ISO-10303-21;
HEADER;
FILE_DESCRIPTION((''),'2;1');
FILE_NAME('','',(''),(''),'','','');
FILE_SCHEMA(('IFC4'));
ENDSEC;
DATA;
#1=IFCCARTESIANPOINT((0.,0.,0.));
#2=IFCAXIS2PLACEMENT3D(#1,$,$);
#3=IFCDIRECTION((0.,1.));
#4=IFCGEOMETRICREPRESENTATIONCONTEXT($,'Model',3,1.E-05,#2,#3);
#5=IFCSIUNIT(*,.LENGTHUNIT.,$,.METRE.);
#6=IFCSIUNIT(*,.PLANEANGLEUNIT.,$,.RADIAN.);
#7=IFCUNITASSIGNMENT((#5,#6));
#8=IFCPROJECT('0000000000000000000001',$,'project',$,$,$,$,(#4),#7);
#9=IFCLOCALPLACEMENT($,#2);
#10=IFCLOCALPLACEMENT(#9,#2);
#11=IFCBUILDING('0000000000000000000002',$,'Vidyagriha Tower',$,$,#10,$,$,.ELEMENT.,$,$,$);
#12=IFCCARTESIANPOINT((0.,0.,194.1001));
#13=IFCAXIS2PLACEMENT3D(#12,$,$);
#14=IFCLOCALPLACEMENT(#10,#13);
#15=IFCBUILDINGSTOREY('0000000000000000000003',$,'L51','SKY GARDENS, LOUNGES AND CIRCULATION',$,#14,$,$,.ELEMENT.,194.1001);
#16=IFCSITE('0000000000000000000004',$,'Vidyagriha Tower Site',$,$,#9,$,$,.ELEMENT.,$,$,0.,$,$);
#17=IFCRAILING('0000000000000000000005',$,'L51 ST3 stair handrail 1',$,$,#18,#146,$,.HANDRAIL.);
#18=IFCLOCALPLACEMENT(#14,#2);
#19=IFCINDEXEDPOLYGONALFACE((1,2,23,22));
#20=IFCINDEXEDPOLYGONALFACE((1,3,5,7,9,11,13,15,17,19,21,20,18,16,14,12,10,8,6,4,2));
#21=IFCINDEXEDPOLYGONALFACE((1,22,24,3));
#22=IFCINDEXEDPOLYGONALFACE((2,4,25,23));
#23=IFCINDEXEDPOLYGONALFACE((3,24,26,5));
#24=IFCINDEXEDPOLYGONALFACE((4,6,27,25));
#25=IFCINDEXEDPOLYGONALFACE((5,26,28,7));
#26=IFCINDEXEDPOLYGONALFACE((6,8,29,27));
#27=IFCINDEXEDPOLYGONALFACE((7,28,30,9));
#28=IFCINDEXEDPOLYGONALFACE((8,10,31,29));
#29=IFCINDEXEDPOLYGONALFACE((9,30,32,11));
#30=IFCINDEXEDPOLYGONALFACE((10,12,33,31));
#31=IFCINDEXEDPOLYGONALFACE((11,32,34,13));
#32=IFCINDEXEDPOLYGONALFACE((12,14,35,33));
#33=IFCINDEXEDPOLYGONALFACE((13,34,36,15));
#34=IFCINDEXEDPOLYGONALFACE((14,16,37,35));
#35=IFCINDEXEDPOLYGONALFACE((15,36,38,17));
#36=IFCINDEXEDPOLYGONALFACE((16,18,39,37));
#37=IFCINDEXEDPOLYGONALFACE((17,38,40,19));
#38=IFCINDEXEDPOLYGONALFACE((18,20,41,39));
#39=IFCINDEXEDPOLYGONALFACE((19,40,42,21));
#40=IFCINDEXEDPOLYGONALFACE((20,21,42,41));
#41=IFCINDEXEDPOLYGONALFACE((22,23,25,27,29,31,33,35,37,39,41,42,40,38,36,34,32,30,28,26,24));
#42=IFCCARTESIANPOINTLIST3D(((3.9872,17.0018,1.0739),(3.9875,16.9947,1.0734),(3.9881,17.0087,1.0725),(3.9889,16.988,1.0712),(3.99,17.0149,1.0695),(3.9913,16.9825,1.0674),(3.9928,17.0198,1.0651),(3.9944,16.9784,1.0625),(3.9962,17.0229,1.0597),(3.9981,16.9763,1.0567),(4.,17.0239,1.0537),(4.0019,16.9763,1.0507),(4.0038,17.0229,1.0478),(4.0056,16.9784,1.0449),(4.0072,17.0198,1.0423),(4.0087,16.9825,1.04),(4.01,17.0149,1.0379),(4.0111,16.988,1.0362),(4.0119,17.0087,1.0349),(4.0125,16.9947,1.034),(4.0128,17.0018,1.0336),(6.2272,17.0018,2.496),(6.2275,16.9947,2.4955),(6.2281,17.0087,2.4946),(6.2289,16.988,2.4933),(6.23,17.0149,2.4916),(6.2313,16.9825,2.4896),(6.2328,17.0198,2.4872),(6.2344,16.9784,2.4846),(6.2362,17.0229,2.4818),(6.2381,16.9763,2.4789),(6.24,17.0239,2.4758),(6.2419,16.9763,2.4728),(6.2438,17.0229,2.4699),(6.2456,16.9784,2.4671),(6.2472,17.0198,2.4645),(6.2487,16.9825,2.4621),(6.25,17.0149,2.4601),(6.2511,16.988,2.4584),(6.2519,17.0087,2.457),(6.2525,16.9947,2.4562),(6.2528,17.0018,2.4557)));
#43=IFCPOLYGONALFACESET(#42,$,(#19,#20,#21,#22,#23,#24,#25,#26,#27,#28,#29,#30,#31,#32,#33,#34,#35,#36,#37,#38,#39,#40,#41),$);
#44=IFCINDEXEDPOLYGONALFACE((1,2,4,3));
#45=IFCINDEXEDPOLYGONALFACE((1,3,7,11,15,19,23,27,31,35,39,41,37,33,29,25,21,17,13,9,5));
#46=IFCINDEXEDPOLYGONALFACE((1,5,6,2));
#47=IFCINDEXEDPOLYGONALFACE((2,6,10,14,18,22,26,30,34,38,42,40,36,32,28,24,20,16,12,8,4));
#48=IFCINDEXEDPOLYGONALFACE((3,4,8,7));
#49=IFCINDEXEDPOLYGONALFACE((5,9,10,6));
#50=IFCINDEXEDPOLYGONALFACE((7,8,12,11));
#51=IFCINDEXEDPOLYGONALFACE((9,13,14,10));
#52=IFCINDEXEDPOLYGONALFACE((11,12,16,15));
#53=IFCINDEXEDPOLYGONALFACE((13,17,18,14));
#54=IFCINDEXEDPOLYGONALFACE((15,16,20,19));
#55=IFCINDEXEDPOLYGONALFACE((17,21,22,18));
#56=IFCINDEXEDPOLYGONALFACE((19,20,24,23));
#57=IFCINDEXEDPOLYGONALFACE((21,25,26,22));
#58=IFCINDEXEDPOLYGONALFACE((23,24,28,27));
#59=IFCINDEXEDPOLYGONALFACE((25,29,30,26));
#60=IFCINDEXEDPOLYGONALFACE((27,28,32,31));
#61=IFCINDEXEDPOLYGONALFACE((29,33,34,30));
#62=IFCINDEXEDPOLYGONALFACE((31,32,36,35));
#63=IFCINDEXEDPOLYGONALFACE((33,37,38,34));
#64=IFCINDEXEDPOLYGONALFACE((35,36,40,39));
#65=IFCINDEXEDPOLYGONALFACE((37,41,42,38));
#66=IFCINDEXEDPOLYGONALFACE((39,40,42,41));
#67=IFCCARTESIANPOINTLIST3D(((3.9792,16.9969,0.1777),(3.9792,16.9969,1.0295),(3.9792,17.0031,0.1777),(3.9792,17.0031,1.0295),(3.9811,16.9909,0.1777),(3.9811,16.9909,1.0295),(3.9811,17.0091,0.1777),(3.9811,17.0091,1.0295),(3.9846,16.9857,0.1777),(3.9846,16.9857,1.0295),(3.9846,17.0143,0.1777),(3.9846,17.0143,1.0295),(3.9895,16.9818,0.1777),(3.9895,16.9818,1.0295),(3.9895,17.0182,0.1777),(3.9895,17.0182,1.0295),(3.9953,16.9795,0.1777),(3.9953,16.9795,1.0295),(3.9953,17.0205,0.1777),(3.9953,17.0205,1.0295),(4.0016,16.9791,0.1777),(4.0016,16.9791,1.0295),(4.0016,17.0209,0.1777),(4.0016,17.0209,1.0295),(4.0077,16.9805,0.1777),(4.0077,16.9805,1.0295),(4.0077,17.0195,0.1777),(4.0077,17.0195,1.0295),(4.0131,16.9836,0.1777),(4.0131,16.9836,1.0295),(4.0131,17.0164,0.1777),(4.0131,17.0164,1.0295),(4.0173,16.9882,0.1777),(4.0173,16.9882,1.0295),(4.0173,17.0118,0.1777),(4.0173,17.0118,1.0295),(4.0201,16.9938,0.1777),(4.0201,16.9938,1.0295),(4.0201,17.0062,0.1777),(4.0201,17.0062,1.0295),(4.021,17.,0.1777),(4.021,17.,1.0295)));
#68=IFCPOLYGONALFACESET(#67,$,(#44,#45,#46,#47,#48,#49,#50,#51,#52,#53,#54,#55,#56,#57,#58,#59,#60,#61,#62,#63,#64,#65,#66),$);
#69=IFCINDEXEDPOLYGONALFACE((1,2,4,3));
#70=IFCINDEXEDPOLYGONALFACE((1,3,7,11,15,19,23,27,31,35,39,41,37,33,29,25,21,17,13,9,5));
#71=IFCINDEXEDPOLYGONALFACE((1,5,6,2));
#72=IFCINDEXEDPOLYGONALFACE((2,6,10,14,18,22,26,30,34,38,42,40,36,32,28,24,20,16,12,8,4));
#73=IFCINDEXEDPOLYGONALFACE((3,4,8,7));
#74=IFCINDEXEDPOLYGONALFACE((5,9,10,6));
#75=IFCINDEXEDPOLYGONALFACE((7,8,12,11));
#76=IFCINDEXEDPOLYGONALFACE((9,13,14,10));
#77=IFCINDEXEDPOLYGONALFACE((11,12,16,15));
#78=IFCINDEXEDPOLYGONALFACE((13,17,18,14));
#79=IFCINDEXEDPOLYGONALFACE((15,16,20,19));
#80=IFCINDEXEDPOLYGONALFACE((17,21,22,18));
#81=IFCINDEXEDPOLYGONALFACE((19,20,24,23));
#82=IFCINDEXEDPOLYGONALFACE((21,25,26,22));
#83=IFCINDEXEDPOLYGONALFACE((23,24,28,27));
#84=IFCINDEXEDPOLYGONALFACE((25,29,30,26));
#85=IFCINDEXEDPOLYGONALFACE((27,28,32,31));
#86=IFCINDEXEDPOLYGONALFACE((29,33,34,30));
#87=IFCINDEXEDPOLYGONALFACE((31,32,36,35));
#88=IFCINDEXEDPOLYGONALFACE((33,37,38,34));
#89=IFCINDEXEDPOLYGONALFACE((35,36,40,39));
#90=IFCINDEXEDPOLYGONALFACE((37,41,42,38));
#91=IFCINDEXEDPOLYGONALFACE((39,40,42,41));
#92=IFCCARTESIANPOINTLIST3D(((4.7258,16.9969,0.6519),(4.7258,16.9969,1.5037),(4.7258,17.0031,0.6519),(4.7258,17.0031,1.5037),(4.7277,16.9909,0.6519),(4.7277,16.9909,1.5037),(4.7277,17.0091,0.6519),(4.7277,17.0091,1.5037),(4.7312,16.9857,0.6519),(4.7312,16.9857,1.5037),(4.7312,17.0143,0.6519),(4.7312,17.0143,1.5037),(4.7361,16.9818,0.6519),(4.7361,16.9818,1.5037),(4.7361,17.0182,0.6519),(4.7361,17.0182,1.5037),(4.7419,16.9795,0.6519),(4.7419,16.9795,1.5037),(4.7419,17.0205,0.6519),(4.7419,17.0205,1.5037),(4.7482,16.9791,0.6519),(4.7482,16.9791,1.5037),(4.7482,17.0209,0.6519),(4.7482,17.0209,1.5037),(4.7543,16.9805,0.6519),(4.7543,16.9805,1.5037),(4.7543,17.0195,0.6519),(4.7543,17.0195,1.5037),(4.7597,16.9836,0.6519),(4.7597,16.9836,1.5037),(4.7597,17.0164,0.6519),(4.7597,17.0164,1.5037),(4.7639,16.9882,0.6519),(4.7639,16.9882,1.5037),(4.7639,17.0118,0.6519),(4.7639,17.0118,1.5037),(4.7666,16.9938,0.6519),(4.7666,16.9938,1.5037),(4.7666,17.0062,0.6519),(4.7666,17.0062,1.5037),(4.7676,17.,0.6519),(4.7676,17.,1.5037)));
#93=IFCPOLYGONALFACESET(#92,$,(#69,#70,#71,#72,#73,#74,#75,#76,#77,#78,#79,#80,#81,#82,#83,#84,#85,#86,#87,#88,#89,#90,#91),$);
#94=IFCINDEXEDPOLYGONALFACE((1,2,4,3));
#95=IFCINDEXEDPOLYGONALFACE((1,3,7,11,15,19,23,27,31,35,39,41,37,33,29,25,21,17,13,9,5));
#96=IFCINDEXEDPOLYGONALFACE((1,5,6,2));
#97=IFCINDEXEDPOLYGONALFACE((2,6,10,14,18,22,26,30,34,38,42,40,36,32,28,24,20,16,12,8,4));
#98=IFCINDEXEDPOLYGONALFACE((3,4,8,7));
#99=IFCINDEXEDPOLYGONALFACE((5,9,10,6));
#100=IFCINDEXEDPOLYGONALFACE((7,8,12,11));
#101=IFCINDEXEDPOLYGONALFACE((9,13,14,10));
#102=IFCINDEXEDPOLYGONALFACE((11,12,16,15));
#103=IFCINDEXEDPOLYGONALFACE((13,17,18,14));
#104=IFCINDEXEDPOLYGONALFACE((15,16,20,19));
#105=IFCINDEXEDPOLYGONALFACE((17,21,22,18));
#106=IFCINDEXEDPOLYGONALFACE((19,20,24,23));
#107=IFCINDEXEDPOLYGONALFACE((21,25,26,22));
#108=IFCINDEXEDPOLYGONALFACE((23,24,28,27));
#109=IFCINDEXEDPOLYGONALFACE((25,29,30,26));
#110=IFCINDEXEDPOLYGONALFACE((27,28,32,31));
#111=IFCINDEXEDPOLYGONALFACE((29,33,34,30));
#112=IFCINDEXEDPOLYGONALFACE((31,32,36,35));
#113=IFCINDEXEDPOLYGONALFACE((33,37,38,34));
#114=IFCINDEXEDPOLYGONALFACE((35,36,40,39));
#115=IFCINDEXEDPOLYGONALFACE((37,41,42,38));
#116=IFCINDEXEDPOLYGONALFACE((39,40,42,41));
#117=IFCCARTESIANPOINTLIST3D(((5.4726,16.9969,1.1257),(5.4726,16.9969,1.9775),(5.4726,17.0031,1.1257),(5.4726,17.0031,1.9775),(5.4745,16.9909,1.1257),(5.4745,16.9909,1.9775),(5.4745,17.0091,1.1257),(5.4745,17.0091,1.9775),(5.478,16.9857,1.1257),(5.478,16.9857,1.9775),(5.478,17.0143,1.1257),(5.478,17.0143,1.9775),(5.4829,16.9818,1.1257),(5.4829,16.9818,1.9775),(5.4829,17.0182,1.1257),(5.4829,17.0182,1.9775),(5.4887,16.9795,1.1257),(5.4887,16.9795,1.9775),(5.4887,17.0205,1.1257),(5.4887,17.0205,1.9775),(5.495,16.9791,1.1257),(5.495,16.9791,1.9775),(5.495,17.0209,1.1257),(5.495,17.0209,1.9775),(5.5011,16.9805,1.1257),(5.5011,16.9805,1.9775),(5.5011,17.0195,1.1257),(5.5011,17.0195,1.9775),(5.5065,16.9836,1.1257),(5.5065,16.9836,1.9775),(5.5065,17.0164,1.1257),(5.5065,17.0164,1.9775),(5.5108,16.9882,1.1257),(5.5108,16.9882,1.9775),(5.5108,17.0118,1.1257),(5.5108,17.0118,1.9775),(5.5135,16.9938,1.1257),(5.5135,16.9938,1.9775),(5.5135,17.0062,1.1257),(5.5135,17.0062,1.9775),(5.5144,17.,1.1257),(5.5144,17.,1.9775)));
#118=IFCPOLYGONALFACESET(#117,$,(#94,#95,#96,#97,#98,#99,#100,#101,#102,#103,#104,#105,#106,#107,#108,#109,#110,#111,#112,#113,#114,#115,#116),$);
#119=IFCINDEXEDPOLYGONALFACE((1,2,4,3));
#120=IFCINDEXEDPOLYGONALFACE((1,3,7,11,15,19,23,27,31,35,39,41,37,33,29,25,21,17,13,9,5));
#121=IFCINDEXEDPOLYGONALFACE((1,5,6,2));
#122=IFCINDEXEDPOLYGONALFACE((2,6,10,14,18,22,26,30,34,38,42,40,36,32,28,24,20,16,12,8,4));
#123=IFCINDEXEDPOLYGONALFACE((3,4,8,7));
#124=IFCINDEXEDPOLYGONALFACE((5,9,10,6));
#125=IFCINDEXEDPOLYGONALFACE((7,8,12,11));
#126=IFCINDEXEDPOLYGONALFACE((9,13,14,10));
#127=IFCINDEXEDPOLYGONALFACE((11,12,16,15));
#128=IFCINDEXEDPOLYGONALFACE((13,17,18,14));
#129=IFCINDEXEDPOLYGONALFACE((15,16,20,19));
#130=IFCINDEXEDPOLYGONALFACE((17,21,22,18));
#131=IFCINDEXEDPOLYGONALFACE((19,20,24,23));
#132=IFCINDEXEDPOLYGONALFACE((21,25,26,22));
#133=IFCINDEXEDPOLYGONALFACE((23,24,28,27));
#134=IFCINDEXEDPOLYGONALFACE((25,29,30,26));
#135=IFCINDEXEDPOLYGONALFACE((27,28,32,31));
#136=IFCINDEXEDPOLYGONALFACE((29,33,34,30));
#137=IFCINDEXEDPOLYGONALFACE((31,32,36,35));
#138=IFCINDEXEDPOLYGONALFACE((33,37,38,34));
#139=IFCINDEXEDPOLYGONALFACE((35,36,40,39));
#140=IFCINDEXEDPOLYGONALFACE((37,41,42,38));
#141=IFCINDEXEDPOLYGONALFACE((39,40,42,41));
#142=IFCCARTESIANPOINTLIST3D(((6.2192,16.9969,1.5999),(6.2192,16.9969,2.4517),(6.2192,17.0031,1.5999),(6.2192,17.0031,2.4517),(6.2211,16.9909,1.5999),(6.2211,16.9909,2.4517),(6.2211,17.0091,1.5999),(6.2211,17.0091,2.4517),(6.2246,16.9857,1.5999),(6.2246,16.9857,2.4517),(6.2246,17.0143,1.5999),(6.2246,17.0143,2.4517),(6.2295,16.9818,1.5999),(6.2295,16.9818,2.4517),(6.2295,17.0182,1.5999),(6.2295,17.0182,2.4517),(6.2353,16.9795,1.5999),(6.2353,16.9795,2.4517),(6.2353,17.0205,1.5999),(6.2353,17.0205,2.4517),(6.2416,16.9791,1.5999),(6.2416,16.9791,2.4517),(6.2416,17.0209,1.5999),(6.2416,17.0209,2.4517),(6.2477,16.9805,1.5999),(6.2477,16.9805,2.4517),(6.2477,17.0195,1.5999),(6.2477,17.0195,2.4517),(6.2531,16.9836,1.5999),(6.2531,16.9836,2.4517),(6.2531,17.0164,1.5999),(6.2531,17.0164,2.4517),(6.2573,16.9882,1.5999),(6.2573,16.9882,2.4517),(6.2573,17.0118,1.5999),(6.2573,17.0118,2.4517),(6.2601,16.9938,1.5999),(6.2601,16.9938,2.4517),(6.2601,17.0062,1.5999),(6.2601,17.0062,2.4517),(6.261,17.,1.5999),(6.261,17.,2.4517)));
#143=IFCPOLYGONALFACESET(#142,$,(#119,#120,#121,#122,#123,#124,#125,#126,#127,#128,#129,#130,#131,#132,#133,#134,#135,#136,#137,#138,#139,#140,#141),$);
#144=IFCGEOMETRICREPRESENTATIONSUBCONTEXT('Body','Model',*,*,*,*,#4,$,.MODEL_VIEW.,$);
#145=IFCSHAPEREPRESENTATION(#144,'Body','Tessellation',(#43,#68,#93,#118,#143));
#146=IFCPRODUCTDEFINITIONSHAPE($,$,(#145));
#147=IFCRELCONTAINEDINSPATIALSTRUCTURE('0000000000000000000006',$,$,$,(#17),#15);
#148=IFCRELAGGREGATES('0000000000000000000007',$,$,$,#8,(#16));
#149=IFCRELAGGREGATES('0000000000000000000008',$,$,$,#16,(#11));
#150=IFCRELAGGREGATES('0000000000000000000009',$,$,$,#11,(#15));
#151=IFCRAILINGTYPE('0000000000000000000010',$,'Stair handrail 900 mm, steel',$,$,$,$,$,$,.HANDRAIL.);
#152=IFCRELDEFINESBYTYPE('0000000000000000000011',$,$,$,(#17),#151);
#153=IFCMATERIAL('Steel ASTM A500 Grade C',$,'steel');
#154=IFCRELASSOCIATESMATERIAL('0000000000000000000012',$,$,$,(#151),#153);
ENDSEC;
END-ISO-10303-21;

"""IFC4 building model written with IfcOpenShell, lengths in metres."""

from ifc_helpers import new_model, si_unit, direction, frame, origin, origin_2d, place, context, subcontext, project, spatial, circle, extrude, material, type_object, element, save


model = new_model("IFC4")

# Units and contexts
model_context = context("Model", 3, precision=1e-05, world=origin(), true_north=direction((0.0, 1.0)))
body_context = subcontext(model_context, "Body", "Model", "MODEL_VIEW")
ifc_project = project(units=[si_unit("LENGTHUNIT", "METRE"), si_unit("PLANEANGLEUNIT", "RADIAN")], contexts=[model_context])

# Site, building, storey
site_placement = place(None, origin())
site = spatial("IfcSite", under=ifc_project, at=site_placement, Name="Vidyagriha Tower Site", CompositionType="ELEMENT", RefElevation=0.0)
building_placement = place(site_placement, origin())
building = spatial("IfcBuilding", under=site, at=building_placement, Name="Vidyagriha Tower", CompositionType="ELEMENT")
storey_placement = place(building_placement, frame((0.0, 0.0, 194.1001)))
storey = spatial("IfcBuildingStorey", under=building, at=storey_placement, Name="L51", Description="SKY GARDENS, LOUNGES AND CIRCULATION", CompositionType="ELEMENT", Elevation=194.1001)

# Railing
ifc_material_1 = material(Name="Steel ASTM A500 Grade C", Category="steel")
railing_type_1 = type_object("IfcRailingType", Name="Stair handrail 900 mm, steel", PredefinedType="HANDRAIL", material=ifc_material_1)
for number, where, name in (
    (1, (4.0, 17.0, 0.1777), "L51 ST3 stair handrail 1"),
):
    element("IfcRailing", number, at=place(storey_placement, frame(where)), inside=storey, type_object=railing_type_1, Name=name, PredefinedType="HANDRAIL", context=body_context, shape_type="SweptSolid", body=[
        extrude(circle(Radius=0.0239, at=origin_2d()), frame((0.0, 0.0, 0.876), z_axis=(0.844229, 0.0, 0.535982), x_axis=(0.0, 1.0, 0.0)), (0.0, 0.0, 1.0), 2.6533),
        extrude(circle(Radius=0.021, at=origin_2d()), origin(), (0.0, 0.0, 1.0), 0.8518),
        extrude(circle(Radius=0.021, at=origin_2d()), frame((0.7466, 0.0, 0.4741)), (0.0, 0.0, 1.0), 0.8518),
        extrude(circle(Radius=0.021, at=origin_2d()), frame((1.4934, 0.0, 0.948)), (0.0, 0.0, 1.0), 0.8518),
        extrude(circle(Radius=0.021, at=origin_2d()), frame((2.24, 0.0, 1.4221)), (0.0, 0.0, 1.0), 0.8518),
    ])

save(model, "model.ifc")
